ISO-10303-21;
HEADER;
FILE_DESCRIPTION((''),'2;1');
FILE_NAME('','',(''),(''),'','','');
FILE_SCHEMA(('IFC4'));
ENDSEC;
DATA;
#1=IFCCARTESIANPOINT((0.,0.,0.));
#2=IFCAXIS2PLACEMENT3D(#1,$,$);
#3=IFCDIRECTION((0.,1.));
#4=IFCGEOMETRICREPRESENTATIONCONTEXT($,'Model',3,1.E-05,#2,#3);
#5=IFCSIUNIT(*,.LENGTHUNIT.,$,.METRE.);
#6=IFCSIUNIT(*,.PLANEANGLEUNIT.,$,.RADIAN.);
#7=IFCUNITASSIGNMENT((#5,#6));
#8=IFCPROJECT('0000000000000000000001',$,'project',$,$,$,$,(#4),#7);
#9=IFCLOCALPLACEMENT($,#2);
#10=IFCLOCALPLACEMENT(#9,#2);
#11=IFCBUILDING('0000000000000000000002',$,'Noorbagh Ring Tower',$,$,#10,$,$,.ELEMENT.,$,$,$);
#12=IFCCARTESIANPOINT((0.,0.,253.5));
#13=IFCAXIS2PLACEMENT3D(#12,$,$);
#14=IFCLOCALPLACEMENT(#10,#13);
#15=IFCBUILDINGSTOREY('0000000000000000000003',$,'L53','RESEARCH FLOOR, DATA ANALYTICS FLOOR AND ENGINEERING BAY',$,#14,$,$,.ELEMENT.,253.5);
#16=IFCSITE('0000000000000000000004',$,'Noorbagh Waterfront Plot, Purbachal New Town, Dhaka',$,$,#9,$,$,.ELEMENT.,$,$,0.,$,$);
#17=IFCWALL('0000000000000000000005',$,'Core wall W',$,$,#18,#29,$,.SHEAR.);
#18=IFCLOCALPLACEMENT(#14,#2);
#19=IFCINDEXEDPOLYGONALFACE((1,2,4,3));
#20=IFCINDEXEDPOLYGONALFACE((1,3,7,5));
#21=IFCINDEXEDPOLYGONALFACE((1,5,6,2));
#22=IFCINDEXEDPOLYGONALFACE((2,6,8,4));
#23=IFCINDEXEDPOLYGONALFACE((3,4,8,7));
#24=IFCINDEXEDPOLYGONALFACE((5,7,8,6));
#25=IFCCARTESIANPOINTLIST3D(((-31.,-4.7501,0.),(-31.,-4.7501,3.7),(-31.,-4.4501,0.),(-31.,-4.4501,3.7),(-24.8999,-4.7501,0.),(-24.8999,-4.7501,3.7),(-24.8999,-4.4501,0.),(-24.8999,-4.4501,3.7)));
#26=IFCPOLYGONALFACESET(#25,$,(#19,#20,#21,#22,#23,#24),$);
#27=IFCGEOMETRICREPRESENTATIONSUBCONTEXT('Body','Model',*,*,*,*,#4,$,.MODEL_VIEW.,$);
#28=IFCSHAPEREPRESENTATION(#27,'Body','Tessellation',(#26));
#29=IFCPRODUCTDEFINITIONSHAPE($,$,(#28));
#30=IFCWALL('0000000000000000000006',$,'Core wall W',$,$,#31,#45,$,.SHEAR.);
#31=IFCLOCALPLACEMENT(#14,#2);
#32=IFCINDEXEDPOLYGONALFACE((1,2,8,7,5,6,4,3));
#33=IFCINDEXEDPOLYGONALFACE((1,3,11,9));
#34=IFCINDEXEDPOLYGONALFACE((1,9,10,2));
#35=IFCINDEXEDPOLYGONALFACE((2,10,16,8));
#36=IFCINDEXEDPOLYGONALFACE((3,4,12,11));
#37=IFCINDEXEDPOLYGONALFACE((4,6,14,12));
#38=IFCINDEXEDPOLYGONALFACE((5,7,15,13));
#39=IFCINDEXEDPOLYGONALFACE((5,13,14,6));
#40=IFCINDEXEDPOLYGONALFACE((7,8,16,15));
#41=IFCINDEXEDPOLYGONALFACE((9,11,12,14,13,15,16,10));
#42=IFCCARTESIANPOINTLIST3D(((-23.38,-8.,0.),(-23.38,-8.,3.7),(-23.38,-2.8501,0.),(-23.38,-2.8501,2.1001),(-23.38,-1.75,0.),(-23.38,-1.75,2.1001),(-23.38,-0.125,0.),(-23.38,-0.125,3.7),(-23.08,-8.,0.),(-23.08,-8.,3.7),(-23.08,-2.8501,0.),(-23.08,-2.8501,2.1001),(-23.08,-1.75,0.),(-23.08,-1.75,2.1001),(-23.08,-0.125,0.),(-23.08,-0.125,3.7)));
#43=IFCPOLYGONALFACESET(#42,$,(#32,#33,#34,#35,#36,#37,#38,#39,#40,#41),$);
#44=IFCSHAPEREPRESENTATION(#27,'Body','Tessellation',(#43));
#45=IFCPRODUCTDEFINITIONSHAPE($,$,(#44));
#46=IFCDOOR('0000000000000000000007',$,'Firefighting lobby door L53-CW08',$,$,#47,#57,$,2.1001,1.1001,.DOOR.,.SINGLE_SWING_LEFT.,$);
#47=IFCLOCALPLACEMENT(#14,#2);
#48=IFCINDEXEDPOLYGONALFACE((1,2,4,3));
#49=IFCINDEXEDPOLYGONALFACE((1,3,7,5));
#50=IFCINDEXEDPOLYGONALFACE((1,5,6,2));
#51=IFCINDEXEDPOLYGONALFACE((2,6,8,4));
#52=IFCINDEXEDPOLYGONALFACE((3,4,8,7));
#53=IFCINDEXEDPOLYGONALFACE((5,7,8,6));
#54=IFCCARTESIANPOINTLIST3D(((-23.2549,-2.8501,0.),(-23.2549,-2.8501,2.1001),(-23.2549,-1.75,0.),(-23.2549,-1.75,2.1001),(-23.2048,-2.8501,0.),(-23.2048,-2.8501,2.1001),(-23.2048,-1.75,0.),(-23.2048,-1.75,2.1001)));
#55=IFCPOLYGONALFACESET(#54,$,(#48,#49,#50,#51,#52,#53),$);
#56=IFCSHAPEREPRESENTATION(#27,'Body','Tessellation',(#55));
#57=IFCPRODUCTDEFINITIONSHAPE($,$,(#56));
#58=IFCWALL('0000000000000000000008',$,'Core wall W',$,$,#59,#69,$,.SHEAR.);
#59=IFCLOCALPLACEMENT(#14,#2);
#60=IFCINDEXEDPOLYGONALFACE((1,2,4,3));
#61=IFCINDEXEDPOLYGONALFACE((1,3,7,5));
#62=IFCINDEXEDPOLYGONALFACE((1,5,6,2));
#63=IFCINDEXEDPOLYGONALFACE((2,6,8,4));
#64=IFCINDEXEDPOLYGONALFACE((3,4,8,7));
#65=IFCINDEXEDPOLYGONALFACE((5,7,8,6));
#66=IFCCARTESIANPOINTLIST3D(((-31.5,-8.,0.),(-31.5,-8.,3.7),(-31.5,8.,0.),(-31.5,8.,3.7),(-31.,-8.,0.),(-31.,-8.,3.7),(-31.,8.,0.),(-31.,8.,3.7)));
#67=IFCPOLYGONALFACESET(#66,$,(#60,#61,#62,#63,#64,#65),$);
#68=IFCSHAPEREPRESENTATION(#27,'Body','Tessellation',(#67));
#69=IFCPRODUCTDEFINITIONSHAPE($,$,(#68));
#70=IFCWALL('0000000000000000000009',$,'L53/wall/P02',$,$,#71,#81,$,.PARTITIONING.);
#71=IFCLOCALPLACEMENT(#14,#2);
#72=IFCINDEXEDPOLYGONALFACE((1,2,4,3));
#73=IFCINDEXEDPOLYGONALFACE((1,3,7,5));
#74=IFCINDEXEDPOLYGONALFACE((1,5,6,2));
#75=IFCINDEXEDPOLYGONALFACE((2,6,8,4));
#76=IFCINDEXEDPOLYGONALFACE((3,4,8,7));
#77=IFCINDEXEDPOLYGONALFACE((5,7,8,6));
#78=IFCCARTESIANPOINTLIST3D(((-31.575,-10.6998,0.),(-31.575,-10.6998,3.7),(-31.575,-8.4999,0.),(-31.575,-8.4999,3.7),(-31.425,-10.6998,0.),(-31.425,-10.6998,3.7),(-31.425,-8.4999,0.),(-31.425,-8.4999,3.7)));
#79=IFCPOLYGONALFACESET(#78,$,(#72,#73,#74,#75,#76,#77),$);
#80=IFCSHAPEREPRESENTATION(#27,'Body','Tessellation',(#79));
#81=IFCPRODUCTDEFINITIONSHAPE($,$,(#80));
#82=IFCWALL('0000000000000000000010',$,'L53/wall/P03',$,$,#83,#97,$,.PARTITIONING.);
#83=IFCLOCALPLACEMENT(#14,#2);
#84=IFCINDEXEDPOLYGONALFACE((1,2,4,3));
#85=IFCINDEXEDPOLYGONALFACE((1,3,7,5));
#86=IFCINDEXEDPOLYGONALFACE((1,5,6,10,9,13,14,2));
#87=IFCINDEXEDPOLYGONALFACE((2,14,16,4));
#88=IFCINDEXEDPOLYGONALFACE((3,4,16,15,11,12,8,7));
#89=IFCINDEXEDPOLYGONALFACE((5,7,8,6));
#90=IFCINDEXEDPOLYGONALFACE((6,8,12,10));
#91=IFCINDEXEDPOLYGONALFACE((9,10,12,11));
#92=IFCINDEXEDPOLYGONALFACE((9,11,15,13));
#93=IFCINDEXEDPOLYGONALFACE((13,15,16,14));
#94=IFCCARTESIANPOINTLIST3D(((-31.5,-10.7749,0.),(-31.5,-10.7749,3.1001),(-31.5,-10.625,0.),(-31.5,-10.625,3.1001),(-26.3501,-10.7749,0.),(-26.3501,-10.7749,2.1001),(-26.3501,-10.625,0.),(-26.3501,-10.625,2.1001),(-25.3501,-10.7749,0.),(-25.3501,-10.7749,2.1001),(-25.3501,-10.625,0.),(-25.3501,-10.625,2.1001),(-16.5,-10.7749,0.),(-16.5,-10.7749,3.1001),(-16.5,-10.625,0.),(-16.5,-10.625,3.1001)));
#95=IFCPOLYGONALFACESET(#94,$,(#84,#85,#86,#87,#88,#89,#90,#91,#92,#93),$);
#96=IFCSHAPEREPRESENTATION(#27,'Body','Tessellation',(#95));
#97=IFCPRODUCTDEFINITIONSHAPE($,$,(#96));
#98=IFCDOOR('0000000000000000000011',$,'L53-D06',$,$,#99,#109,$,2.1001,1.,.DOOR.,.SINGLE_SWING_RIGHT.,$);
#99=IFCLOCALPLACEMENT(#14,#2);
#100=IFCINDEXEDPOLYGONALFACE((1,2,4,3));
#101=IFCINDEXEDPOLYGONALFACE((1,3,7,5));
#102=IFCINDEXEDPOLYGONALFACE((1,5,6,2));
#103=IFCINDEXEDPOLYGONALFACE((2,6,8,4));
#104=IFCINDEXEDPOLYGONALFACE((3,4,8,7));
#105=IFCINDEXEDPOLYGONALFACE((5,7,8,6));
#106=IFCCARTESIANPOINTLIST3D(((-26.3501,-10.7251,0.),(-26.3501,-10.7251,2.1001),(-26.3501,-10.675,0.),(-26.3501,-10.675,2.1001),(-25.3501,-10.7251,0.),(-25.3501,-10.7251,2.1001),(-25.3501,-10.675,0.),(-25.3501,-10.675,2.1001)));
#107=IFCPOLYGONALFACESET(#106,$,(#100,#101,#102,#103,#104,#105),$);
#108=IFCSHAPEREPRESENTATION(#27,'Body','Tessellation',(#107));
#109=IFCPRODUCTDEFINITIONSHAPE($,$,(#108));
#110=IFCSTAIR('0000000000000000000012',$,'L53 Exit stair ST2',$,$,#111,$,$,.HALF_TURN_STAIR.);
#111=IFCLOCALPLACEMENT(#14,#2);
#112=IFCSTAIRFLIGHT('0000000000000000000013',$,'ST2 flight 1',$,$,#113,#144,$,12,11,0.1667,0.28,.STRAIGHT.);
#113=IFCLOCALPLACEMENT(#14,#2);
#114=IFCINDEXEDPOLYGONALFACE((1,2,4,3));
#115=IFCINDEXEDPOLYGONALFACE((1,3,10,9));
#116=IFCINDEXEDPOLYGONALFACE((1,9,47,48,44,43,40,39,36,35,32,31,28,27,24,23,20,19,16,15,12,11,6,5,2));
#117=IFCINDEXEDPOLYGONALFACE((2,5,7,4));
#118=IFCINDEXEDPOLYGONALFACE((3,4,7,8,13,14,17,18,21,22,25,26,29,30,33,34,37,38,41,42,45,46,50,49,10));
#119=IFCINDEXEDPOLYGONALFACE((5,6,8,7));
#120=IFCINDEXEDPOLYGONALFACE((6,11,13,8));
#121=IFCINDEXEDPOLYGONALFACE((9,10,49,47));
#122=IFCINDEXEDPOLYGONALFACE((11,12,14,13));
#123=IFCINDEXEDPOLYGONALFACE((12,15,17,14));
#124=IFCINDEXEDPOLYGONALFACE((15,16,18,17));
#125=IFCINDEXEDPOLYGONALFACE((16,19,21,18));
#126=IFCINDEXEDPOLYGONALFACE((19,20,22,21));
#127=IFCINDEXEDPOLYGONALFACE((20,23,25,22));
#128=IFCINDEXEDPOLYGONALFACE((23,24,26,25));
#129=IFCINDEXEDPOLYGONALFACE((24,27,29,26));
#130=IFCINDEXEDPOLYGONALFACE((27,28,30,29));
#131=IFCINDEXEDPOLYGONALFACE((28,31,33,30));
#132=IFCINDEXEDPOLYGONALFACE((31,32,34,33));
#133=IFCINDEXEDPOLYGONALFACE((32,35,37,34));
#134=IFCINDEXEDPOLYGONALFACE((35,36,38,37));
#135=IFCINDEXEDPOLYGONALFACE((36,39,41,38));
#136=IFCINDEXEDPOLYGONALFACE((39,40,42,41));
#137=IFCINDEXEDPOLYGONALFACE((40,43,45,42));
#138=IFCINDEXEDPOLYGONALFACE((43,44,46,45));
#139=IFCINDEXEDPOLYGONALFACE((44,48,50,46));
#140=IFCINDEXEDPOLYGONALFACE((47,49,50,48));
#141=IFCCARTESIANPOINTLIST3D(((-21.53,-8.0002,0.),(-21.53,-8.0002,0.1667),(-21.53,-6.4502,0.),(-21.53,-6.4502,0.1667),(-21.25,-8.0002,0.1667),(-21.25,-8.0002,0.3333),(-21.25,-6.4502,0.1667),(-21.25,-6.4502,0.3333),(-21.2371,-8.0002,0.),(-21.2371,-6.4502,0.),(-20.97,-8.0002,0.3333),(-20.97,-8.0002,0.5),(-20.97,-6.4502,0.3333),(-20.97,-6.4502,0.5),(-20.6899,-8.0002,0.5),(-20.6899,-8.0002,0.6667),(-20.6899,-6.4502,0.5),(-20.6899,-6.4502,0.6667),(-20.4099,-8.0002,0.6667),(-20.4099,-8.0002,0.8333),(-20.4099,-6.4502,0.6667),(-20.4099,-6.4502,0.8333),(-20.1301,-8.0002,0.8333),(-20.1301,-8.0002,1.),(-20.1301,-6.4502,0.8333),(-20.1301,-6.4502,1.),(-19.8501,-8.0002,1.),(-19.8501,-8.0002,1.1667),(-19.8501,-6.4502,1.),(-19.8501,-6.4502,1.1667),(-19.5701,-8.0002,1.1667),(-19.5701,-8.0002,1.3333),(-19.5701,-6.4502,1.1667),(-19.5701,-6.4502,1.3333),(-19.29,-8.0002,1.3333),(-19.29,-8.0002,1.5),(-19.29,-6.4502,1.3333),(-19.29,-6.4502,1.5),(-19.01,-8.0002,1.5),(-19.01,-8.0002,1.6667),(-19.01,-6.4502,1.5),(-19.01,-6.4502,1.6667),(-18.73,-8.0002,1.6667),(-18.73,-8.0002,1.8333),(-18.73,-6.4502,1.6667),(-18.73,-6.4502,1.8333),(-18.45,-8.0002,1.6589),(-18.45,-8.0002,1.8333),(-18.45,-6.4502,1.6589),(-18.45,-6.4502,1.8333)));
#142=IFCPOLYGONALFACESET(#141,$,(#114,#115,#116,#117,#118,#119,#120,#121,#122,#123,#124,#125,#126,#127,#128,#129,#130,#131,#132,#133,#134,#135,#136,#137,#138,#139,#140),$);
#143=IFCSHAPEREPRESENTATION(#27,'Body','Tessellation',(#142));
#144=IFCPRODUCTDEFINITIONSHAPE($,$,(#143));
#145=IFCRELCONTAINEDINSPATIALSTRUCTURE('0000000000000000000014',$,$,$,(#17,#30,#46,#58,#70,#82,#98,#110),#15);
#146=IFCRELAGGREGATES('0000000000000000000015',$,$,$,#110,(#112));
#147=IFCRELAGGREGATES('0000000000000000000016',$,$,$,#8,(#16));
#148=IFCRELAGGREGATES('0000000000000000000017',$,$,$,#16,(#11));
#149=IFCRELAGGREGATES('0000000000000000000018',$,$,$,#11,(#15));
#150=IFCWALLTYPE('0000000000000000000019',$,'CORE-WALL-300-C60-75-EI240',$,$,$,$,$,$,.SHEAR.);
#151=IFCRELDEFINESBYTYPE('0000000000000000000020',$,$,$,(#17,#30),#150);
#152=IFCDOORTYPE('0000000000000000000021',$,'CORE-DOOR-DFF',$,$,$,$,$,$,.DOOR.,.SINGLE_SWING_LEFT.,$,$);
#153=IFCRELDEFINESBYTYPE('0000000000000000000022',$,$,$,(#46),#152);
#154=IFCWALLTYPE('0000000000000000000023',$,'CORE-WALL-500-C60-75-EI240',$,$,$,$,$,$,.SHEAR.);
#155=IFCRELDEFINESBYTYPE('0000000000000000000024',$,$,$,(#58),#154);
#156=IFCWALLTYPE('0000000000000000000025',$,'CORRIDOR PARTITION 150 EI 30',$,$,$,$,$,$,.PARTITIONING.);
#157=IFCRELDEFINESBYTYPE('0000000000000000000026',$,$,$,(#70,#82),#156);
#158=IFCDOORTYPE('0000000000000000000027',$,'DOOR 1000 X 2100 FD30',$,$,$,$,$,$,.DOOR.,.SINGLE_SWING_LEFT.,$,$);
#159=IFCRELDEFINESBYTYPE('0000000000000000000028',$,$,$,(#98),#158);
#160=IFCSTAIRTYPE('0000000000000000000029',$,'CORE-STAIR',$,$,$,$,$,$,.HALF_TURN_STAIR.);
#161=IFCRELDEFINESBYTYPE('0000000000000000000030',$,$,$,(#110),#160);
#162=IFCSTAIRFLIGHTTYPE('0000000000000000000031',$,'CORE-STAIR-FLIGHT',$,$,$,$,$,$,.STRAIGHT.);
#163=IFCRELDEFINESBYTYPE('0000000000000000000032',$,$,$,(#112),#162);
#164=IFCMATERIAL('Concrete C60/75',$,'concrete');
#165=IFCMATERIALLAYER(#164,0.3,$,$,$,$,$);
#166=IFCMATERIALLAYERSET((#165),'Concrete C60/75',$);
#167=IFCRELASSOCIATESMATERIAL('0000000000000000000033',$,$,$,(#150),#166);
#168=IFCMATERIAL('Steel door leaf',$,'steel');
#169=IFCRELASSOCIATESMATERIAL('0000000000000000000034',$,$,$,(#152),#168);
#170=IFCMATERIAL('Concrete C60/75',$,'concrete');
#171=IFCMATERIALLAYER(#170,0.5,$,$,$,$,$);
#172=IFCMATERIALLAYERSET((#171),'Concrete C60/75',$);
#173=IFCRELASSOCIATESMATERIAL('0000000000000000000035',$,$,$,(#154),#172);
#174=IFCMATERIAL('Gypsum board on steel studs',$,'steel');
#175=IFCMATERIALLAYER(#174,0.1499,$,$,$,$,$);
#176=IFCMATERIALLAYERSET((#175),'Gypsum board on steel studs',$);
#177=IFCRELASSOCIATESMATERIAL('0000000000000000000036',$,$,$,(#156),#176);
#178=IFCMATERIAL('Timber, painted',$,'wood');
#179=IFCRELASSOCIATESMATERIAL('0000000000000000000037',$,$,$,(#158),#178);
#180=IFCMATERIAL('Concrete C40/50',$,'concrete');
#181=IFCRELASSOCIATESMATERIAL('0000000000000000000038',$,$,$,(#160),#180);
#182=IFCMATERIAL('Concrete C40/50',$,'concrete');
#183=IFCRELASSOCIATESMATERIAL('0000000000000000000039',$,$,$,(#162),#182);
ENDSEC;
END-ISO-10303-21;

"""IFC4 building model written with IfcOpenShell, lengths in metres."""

from ifc_helpers import new_model, si_unit, direction, frame, frame_2d, origin, place, context, subcontext, project, spatial, polyline, rectangle, outline, extrude, material, layer, layer_set, type_object, element, fill, aggregate, save


model = new_model("IFC4")

# Units and contexts
model_context = context("Model", 3, precision=1e-05, world=origin(), true_north=direction((0.0, 1.0)))
body_context = subcontext(model_context, "Body", "Model", "MODEL_VIEW")
ifc_project = project(units=[si_unit("LENGTHUNIT", "METRE"), si_unit("PLANEANGLEUNIT", "RADIAN")], contexts=[model_context])

# Site, building, storey
site_placement = place(None, origin())
site = spatial("IfcSite", under=ifc_project, at=site_placement, Name="Noorbagh Waterfront Plot, Purbachal New Town, Dhaka", CompositionType="ELEMENT", RefElevation=0.0)
building_placement = place(site_placement, origin())
building = spatial("IfcBuilding", under=site, at=building_placement, Name="Noorbagh Ring Tower", CompositionType="ELEMENT")
storey_placement = place(building_placement, frame((0.0, 0.0, 253.5)))
storey = spatial("IfcBuildingStorey", under=building, at=storey_placement, Name="L53", Description="RESEARCH FLOOR, DATA ANALYTICS FLOOR AND ENGINEERING BAY", CompositionType="ELEMENT", Elevation=253.5)

# Wall
ifc_material_1 = material(Name="Concrete C60/75", Category="concrete")
ifc_layer_1 = layer(ifc_material_1, 0.3)
ifc_layer_set_1 = layer_set([ifc_layer_1], Name="Concrete C60/75")
wall_type_1 = type_object("IfcWallType", Name="CORE-WALL-300-C60-75-EI240", PredefinedType="SHEAR", material=ifc_layer_set_1)
wall_1_placement = place(storey_placement, frame((-24.8999, -4.6001, 0.0), z_axis=(0.0, 0.0, 1.0), x_axis=(-1.0, 0.0, 0.0)))
element("IfcWall", 1, at=wall_1_placement, inside=storey, type_object=wall_type_1, Name="Core wall W", PredefinedType="SHEAR", context=body_context, shape_type="SweptSolid", body=[
    extrude(rectangle(XDim=6.1001, YDim=0.3, at=frame_2d((3.05, 0.0))), origin(), (0.0, 0.0, 1.0), 3.7),
])

# Wall, opening, door
wall_2_placement = place(storey_placement, frame((-23.23, -8.0, 0.0), z_axis=(0.0, 0.0, 1.0), x_axis=(0.0, 1.0, 0.0)))
wall_2 = element("IfcWall", 2, at=wall_2_placement, inside=storey, type_object=wall_type_1, Name="Core wall W", PredefinedType="SHEAR", context=body_context, shape_type="SweptSolid", body=[
    extrude(rectangle(XDim=7.875, YDim=0.3, at=frame_2d((3.9375, 0.0))), origin(), (0.0, 0.0, 1.0), 3.7),
])
opening_1_placement = place(wall_2_placement, frame((5.1499, 0.0, 0.0)))
opening_1 = element("IfcOpeningElement", 3, at=opening_1_placement, cuts=wall_2, PredefinedType="OPENING", context=body_context, shape_type="SweptSolid", body=[
    extrude(rectangle(XDim=1.1001, YDim=2.1001, at=frame_2d((0.55, 1.05))), frame((0.0, 0.1602, 0.0), z_axis=(0.0, -1.0, 0.0), x_axis=(1.0, 0.0, 0.0)), (0.0, 0.0, 1.0), 0.3201),
])
ifc_material_2 = material(Name="Steel door leaf", Category="steel")
door_type_1 = type_object("IfcDoorType", Name="CORE-DOOR-DFF", OperationType="SINGLE_SWING_LEFT", PredefinedType="DOOR", material=ifc_material_2)
door_1_placement = place(opening_1_placement, origin())
door_1 = element("IfcDoor", 4, at=door_1_placement, inside=storey, type_object=door_type_1, Name="Firefighting lobby door L53-CW08", OperationType="SINGLE_SWING_LEFT", OverallHeight=2.1001, OverallWidth=1.1001, PredefinedType="DOOR", context=body_context, shape_type="SweptSolid", body=[
    extrude(rectangle(XDim=1.1001, YDim=2.1001, at=frame_2d((0.55, 1.05))), frame((0.0, 0.0249, 0.0), z_axis=(0.0, -1.0, 0.0), x_axis=(1.0, 0.0, 0.0)), (0.0, 0.0, 1.0), 0.05),
])
fill(opening_1, door_1)

# Walls
ifc_material_3 = material(Name="Concrete C60/75", Category="concrete")
ifc_layer_2 = layer(ifc_material_3, 0.5)
ifc_layer_set_2 = layer_set([ifc_layer_2], Name="Concrete C60/75")
wall_type_2 = type_object("IfcWallType", Name="CORE-WALL-500-C60-75-EI240", PredefinedType="SHEAR", material=ifc_layer_set_2)
wall_3_placement = place(storey_placement, frame((-31.25, -8.0, 0.0), z_axis=(0.0, 0.0, 1.0), x_axis=(0.0, 1.0, 0.0)))
element("IfcWall", 5, at=wall_3_placement, inside=storey, type_object=wall_type_2, Name="Core wall W", PredefinedType="SHEAR", context=body_context, shape_type="SweptSolid", body=[
    extrude(rectangle(XDim=16.0, YDim=0.5, at=frame_2d((8.0, 0.0))), origin(), (0.0, 0.0, 1.0), 3.7),
])
ifc_material_4 = material(Name="Gypsum board on steel studs", Category="steel")
ifc_layer_3 = layer(ifc_material_4, 0.1499)
ifc_layer_set_3 = layer_set([ifc_layer_3], Name="Gypsum board on steel studs")
wall_type_3 = type_object("IfcWallType", Name="CORRIDOR PARTITION 150 EI 30", PredefinedType="PARTITIONING", material=ifc_layer_set_3)
wall_4_placement = place(storey_placement, frame((-31.5, -10.7, 0.0), z_axis=(0.0, 0.0, 1.0), x_axis=(0.0, 1.0, 0.0)))
element("IfcWall", 6, at=wall_4_placement, inside=storey, type_object=wall_type_3, Name="L53/wall/P02", PredefinedType="PARTITIONING", context=body_context, shape_type="SweptSolid", body=[
    extrude(rectangle(XDim=2.2, YDim=0.1499, at=frame_2d((1.1001, 0.0))), origin(), (0.0, 0.0, 1.0), 3.7),
])

# Wall, opening, door
wall_5_placement = place(storey_placement, frame((-31.5, -10.7, 0.0), z_axis=(0.0, 0.0, 1.0), x_axis=(1.0, 0.0, 0.0)))
wall_5 = element("IfcWall", 7, at=wall_5_placement, inside=storey, type_object=wall_type_3, Name="L53/wall/P03", PredefinedType="PARTITIONING", context=body_context, shape_type="SweptSolid", body=[
    extrude(rectangle(XDim=15.0, YDim=0.1499, at=frame_2d((7.5, 0.0))), origin(), (0.0, 0.0, 1.0), 3.1001),
])
opening_2_placement = place(wall_5_placement, frame((5.1499, 0.0, 0.0)))
opening_2 = element("IfcOpeningElement", 8, at=opening_2_placement, cuts=wall_5, PredefinedType="OPENING", context=body_context, shape_type="SweptSolid", body=[
    extrude(rectangle(XDim=1.0, YDim=2.1001, at=frame_2d((0.5, 1.05))), frame((0.0, 0.085, 0.0), z_axis=(0.0, -1.0, 0.0), x_axis=(1.0, 0.0, 0.0)), (0.0, 0.0, 1.0), 0.1699),
])
ifc_material_5 = material(Name="Timber, painted", Category="wood")
door_type_2 = type_object("IfcDoorType", Name="DOOR 1000 X 2100 FD30", OperationType="SINGLE_SWING_LEFT", PredefinedType="DOOR", material=ifc_material_5)
door_2_placement = place(opening_2_placement, origin())
door_2 = element("IfcDoor", 9, at=door_2_placement, inside=storey, type_object=door_type_2, Name="L53-D06", OperationType="SINGLE_SWING_RIGHT", OverallHeight=2.1001, OverallWidth=1.0, PredefinedType="DOOR", context=body_context, shape_type="SweptSolid", body=[
    extrude(rectangle(XDim=1.0, YDim=2.1001, at=frame_2d((0.5, 1.05))), frame((0.0, 0.0249, 0.0), z_axis=(0.0, -1.0, 0.0), x_axis=(1.0, 0.0, 0.0)), (0.0, 0.0, 1.0), 0.05),
])
fill(opening_2, door_2)

# Stair, stair flight
ifc_material_6 = material(Name="Concrete C40/50", Category="concrete")
stair_type = type_object("IfcStairType", Name="CORE-STAIR", PredefinedType="HALF_TURN_STAIR", material=ifc_material_6)
stair_placement = place(storey_placement, origin())
stair = element("IfcStair", 10, at=stair_placement, inside=storey, type_object=stair_type, Name="L53 Exit stair ST2", PredefinedType="HALF_TURN_STAIR")
ifc_material_7 = material(Name="Concrete C40/50", Category="concrete")
stair_flight_type = type_object("IfcStairFlightType", Name="CORE-STAIR-FLIGHT", PredefinedType="STRAIGHT", material=ifc_material_7)
stair_flight_1_placement = place(storey_placement, frame((-21.53, -7.2251, 0.0), z_axis=(0.0, 0.0, 1.0), x_axis=(1.0, 0.0, 0.0)))
stair_flight_1 = element("IfcStairFlight", 11, at=stair_flight_1_placement, type_object=stair_flight_type, Name="ST2 flight 1", NumberOfRisers=12, NumberOfTreads=11, PredefinedType="STRAIGHT", RiserHeight=0.1667, TreadLength=0.28, context=body_context, shape_type="SweptSolid", body=[
    extrude(outline(polyline([(0.0, 0.0), (0.0, 0.1667), (0.28, 0.1667), (0.28, 0.3333), (0.5601, 0.3333), (0.5601, 0.5), (0.8401, 0.5), (0.8401, 0.6667), (1.1201, 0.6667), (1.1201, 0.8333), (1.3999, 0.8333), (1.3999, 1.0), (1.6799, 1.0), (1.6799, 1.1667), (1.96, 1.1667), (1.96, 1.3333), (2.24, 1.3333), (2.24, 1.5), (2.52, 1.5), (2.52, 1.6667), (2.8, 1.6667), (2.8, 1.8333), (3.0801, 1.8333), (3.0801, 2.0), (3.0801, 1.6589), (0.293, 0.0), (0.0, 0.0)])), frame((0.0, 0.7749, 0.0), z_axis=(0.0, -1.0, 0.0), x_axis=(1.0, 0.0, 0.0)), (0.0, 0.0, 1.0), 1.55),
])
aggregate(stair, [stair_flight_1])

save(model, "model.ifc")
